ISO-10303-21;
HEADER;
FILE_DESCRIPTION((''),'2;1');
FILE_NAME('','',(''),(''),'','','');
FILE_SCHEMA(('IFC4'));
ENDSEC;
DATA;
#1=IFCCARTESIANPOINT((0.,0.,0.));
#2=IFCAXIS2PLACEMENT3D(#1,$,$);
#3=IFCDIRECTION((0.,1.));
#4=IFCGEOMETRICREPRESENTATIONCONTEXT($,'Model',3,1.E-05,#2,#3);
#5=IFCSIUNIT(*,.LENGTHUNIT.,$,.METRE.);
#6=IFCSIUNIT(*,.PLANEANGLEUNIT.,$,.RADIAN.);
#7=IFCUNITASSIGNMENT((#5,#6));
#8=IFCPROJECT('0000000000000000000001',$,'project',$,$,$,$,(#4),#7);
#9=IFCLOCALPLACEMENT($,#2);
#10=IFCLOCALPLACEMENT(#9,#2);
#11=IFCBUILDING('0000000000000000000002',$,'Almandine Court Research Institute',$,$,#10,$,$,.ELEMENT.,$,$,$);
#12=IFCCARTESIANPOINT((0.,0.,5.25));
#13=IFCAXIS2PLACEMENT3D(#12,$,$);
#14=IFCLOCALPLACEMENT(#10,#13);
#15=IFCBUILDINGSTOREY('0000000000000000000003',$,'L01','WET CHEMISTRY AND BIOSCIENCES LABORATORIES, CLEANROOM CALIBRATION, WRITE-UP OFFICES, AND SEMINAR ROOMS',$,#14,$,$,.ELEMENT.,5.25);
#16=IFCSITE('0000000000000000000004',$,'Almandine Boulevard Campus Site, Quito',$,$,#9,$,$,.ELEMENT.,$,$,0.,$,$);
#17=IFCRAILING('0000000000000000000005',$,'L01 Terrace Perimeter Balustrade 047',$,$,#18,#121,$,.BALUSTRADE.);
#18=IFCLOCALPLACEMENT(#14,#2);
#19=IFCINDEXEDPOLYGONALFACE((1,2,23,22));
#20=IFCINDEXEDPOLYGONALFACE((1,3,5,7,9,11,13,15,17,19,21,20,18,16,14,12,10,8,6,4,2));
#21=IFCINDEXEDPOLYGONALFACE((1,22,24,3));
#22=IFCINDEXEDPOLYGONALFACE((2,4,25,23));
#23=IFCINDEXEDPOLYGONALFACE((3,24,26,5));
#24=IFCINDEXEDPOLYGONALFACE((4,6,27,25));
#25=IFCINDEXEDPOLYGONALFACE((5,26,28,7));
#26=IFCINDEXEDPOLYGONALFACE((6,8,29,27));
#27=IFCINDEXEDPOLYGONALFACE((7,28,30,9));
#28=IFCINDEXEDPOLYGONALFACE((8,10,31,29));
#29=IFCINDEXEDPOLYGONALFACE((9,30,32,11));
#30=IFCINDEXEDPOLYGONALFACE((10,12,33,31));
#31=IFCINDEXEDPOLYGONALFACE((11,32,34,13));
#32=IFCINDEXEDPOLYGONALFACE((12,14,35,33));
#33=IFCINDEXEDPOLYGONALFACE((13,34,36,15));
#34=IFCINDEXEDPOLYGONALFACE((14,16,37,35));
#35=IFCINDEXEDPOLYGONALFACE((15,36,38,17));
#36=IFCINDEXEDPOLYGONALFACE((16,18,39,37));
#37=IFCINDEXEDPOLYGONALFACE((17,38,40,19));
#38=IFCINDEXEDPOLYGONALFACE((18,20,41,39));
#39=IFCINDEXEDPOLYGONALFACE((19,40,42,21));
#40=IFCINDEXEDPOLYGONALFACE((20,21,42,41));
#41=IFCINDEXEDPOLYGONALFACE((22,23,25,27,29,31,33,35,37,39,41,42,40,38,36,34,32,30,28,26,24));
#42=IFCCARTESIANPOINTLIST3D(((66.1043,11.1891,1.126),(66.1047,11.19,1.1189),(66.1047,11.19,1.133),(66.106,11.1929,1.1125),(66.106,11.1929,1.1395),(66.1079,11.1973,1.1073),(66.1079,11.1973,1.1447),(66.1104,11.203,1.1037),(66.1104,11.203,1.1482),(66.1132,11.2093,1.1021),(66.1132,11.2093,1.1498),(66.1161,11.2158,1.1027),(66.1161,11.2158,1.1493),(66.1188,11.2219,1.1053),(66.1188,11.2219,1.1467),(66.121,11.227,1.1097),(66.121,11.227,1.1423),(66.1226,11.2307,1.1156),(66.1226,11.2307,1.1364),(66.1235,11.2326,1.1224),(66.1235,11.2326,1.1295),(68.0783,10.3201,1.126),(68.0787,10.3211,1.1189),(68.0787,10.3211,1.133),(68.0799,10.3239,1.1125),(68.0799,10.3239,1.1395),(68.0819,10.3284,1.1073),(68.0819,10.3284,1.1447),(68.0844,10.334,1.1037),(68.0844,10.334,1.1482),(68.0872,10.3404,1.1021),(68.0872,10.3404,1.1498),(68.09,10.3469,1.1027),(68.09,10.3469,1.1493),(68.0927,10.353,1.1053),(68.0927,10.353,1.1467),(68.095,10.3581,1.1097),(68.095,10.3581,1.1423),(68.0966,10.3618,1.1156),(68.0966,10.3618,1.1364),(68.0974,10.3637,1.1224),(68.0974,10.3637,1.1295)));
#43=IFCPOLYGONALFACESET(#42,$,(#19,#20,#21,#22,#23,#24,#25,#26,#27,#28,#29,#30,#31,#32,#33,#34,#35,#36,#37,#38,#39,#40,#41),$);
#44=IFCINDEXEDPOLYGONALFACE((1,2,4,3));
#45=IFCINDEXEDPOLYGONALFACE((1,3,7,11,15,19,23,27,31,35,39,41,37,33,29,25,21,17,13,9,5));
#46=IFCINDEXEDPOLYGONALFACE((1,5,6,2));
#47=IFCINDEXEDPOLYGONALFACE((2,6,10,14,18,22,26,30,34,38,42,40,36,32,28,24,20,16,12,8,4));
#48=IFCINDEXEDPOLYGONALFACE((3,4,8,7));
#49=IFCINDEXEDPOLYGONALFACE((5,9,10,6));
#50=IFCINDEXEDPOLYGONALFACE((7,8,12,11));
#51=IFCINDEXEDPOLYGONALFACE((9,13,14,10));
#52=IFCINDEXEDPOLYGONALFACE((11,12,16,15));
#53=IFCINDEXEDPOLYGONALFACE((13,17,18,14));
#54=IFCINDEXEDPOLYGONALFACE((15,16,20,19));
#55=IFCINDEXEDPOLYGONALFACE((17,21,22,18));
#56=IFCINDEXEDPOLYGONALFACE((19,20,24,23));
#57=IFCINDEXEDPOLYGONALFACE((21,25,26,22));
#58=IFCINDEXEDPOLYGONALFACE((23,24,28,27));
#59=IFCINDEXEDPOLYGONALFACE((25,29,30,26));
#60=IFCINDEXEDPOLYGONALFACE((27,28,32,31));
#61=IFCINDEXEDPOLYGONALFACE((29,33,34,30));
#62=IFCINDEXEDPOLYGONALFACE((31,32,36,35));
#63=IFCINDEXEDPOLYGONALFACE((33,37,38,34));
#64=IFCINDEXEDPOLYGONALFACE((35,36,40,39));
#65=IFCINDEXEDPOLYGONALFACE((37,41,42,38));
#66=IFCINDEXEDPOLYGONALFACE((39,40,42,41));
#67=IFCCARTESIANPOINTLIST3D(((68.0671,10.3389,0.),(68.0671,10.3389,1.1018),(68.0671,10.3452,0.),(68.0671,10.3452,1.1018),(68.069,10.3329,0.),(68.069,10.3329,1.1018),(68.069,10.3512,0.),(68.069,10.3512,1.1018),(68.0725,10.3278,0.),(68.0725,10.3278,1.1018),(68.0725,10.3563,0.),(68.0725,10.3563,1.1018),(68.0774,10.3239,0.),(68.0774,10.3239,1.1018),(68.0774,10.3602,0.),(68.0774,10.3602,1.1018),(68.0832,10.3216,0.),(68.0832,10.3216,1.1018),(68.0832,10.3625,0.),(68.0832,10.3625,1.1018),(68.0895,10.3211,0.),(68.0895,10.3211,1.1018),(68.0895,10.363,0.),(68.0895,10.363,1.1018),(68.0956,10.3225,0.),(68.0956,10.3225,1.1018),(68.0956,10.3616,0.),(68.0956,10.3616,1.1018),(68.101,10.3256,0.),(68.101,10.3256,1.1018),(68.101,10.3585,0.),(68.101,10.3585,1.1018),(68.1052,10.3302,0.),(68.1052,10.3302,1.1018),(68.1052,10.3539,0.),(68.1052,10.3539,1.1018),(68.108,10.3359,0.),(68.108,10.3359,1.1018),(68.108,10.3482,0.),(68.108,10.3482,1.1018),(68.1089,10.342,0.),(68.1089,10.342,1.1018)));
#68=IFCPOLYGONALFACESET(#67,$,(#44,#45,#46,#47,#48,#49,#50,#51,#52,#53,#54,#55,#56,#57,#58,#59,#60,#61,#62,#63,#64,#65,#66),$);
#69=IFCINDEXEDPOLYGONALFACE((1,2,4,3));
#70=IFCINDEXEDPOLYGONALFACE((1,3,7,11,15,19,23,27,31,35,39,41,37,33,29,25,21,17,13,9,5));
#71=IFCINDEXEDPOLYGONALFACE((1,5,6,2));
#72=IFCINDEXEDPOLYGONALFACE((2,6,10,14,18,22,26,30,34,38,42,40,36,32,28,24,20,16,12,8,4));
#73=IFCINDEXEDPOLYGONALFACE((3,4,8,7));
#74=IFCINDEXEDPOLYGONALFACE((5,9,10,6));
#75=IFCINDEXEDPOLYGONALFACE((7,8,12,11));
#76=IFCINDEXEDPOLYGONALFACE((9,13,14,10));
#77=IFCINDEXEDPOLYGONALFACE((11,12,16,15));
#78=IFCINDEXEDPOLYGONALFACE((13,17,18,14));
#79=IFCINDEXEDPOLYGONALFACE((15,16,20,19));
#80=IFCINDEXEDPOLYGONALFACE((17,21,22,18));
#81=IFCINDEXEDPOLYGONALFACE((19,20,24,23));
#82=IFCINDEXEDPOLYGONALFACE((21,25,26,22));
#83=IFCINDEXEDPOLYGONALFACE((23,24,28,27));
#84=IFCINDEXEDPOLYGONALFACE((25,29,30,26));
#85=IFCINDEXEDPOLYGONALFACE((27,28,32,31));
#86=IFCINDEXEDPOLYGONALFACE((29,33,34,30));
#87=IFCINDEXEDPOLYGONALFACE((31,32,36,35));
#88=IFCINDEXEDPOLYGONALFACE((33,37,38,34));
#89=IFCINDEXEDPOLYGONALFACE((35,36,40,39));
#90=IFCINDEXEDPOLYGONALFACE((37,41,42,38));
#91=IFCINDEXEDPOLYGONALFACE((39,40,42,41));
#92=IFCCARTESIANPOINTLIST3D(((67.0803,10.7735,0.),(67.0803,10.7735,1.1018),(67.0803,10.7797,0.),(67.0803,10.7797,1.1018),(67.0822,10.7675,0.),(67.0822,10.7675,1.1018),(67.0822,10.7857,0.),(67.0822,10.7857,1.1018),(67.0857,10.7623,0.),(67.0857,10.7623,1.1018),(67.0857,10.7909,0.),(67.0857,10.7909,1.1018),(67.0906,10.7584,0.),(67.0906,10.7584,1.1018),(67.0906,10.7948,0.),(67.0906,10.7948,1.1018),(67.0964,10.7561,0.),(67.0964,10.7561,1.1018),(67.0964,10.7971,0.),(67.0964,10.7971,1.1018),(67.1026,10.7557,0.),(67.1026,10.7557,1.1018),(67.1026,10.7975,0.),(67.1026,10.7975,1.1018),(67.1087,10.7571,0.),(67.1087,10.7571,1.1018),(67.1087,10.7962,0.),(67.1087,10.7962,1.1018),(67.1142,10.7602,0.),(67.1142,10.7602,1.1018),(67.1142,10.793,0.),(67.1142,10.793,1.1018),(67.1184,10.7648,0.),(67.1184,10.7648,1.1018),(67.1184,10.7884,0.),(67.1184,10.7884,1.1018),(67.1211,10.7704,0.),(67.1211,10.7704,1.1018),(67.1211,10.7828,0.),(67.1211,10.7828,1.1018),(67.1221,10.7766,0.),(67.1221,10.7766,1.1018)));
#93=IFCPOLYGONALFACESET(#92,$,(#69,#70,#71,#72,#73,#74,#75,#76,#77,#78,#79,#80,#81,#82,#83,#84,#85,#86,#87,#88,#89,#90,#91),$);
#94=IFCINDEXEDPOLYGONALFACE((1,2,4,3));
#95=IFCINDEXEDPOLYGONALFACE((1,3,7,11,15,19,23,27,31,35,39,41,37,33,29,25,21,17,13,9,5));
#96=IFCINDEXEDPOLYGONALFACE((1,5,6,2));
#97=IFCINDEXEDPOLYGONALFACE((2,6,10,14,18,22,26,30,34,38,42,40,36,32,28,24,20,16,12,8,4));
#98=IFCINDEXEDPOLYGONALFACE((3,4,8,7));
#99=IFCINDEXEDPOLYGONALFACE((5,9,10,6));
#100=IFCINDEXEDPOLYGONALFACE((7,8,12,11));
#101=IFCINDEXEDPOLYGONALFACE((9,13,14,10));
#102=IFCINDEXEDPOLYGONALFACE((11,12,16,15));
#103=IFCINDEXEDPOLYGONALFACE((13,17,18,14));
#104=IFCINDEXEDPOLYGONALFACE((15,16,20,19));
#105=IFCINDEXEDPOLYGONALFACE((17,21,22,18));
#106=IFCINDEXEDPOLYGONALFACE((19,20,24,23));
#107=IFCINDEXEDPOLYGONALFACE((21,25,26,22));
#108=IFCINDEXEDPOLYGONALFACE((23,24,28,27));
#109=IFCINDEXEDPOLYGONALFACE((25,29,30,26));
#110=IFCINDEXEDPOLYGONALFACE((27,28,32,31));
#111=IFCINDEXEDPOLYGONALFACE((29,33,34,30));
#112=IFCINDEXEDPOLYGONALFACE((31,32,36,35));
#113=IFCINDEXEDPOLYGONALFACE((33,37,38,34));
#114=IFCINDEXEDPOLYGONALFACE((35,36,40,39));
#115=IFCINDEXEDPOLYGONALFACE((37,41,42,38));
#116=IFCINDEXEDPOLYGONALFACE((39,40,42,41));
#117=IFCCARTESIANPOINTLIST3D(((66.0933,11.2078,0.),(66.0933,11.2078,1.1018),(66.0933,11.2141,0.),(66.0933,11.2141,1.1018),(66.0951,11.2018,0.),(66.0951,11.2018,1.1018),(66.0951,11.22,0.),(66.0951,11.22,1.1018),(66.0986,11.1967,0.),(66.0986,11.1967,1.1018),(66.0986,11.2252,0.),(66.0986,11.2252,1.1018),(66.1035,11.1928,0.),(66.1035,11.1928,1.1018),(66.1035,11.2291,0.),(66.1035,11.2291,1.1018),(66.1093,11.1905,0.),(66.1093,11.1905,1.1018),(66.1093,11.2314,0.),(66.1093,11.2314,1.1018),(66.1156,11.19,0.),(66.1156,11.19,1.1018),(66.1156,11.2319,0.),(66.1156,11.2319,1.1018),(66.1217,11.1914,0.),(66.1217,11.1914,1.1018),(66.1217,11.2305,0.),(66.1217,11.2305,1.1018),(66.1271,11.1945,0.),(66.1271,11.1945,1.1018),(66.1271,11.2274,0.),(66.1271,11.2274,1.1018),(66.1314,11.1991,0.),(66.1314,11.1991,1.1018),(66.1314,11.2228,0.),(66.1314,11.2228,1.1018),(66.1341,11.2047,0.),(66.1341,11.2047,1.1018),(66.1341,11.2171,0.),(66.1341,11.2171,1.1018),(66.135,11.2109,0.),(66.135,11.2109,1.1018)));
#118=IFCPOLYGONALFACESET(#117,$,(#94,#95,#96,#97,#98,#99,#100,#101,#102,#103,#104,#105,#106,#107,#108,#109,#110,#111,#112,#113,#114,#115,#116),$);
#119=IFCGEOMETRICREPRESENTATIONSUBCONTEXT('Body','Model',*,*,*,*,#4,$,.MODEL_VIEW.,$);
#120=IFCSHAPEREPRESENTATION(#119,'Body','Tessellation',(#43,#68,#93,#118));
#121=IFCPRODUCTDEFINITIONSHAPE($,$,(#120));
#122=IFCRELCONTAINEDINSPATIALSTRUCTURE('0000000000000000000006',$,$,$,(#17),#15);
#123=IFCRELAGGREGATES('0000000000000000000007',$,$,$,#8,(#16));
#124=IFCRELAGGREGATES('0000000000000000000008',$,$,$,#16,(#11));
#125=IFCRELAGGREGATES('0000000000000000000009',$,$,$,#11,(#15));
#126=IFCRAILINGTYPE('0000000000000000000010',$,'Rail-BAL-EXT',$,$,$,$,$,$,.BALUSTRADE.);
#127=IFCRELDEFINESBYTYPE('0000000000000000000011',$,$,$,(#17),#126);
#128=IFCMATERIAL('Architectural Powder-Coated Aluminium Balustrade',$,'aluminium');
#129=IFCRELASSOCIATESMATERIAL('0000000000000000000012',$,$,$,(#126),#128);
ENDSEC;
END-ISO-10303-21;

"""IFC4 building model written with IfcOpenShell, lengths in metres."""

from ifc_helpers import new_model, si_unit, direction, frame, origin, origin_2d, place, context, subcontext, project, spatial, circle, extrude, material, type_object, element, save


model = new_model("IFC4")

# Units and contexts
model_context = context("Model", 3, precision=1e-05, world=origin(), true_north=direction((0.0, 1.0)))
body_context = subcontext(model_context, "Body", "Model", "MODEL_VIEW")
ifc_project = project(units=[si_unit("LENGTHUNIT", "METRE"), si_unit("PLANEANGLEUNIT", "RADIAN")], contexts=[model_context])

# Site, building, storey
site_placement = place(None, origin())
site = spatial("IfcSite", under=ifc_project, at=site_placement, Name="Almandine Boulevard Campus Site, Quito", CompositionType="ELEMENT", RefElevation=0.0)
building_placement = place(site_placement, origin())
building = spatial("IfcBuilding", under=site, at=building_placement, Name="Almandine Court Research Institute", CompositionType="ELEMENT")
storey_placement = place(building_placement, frame((0.0, 0.0, 5.25)))
storey = spatial("IfcBuildingStorey", under=building, at=storey_placement, Name="L01", Description="WET CHEMISTRY AND BIOSCIENCES LABORATORIES, CLEANROOM CALIBRATION, WRITE-UP OFFICES, AND SEMINAR ROOMS", CompositionType="ELEMENT", Elevation=5.25)

# Railing
ifc_material_1 = material(Name="Architectural Powder-Coated Aluminium Balustrade", Category="aluminium")
railing_type = type_object("IfcRailingType", Name="Rail-BAL-EXT", PredefinedType="BALUSTRADE", material=ifc_material_1)
railing_1_placement = place(storey_placement, frame((68.0879, 10.342, 0.0)))
element("IfcRailing", 1, at=railing_1_placement, inside=storey, type_object=railing_type, Name="L01 Terrace Perimeter Balustrade 047", PredefinedType="BALUSTRADE", context=body_context, shape_type="SweptSolid", body=[
    extrude(circle(Radius=0.0239, at=origin_2d()), frame((0.0, 0.0, 1.126), z_axis=(-0.915248, 0.40289, 0.0), x_axis=(-0.40289, -0.915248, 0.0)), (0.0, 0.0, 1.0), 2.1567),
    extrude(circle(Radius=0.021, at=origin_2d()), origin(), (0.0, 0.0, 1.0), 1.1018),
    extrude(circle(Radius=0.021, at=origin_2d()), frame((-0.9868, 0.4346, 0.0)), (0.0, 0.0, 1.0), 1.1018),
    extrude(circle(Radius=0.021, at=origin_2d()), frame((-1.9739, 0.8689, 0.0)), (0.0, 0.0, 1.0), 1.1018),
])

save(model, "model.ifc")
